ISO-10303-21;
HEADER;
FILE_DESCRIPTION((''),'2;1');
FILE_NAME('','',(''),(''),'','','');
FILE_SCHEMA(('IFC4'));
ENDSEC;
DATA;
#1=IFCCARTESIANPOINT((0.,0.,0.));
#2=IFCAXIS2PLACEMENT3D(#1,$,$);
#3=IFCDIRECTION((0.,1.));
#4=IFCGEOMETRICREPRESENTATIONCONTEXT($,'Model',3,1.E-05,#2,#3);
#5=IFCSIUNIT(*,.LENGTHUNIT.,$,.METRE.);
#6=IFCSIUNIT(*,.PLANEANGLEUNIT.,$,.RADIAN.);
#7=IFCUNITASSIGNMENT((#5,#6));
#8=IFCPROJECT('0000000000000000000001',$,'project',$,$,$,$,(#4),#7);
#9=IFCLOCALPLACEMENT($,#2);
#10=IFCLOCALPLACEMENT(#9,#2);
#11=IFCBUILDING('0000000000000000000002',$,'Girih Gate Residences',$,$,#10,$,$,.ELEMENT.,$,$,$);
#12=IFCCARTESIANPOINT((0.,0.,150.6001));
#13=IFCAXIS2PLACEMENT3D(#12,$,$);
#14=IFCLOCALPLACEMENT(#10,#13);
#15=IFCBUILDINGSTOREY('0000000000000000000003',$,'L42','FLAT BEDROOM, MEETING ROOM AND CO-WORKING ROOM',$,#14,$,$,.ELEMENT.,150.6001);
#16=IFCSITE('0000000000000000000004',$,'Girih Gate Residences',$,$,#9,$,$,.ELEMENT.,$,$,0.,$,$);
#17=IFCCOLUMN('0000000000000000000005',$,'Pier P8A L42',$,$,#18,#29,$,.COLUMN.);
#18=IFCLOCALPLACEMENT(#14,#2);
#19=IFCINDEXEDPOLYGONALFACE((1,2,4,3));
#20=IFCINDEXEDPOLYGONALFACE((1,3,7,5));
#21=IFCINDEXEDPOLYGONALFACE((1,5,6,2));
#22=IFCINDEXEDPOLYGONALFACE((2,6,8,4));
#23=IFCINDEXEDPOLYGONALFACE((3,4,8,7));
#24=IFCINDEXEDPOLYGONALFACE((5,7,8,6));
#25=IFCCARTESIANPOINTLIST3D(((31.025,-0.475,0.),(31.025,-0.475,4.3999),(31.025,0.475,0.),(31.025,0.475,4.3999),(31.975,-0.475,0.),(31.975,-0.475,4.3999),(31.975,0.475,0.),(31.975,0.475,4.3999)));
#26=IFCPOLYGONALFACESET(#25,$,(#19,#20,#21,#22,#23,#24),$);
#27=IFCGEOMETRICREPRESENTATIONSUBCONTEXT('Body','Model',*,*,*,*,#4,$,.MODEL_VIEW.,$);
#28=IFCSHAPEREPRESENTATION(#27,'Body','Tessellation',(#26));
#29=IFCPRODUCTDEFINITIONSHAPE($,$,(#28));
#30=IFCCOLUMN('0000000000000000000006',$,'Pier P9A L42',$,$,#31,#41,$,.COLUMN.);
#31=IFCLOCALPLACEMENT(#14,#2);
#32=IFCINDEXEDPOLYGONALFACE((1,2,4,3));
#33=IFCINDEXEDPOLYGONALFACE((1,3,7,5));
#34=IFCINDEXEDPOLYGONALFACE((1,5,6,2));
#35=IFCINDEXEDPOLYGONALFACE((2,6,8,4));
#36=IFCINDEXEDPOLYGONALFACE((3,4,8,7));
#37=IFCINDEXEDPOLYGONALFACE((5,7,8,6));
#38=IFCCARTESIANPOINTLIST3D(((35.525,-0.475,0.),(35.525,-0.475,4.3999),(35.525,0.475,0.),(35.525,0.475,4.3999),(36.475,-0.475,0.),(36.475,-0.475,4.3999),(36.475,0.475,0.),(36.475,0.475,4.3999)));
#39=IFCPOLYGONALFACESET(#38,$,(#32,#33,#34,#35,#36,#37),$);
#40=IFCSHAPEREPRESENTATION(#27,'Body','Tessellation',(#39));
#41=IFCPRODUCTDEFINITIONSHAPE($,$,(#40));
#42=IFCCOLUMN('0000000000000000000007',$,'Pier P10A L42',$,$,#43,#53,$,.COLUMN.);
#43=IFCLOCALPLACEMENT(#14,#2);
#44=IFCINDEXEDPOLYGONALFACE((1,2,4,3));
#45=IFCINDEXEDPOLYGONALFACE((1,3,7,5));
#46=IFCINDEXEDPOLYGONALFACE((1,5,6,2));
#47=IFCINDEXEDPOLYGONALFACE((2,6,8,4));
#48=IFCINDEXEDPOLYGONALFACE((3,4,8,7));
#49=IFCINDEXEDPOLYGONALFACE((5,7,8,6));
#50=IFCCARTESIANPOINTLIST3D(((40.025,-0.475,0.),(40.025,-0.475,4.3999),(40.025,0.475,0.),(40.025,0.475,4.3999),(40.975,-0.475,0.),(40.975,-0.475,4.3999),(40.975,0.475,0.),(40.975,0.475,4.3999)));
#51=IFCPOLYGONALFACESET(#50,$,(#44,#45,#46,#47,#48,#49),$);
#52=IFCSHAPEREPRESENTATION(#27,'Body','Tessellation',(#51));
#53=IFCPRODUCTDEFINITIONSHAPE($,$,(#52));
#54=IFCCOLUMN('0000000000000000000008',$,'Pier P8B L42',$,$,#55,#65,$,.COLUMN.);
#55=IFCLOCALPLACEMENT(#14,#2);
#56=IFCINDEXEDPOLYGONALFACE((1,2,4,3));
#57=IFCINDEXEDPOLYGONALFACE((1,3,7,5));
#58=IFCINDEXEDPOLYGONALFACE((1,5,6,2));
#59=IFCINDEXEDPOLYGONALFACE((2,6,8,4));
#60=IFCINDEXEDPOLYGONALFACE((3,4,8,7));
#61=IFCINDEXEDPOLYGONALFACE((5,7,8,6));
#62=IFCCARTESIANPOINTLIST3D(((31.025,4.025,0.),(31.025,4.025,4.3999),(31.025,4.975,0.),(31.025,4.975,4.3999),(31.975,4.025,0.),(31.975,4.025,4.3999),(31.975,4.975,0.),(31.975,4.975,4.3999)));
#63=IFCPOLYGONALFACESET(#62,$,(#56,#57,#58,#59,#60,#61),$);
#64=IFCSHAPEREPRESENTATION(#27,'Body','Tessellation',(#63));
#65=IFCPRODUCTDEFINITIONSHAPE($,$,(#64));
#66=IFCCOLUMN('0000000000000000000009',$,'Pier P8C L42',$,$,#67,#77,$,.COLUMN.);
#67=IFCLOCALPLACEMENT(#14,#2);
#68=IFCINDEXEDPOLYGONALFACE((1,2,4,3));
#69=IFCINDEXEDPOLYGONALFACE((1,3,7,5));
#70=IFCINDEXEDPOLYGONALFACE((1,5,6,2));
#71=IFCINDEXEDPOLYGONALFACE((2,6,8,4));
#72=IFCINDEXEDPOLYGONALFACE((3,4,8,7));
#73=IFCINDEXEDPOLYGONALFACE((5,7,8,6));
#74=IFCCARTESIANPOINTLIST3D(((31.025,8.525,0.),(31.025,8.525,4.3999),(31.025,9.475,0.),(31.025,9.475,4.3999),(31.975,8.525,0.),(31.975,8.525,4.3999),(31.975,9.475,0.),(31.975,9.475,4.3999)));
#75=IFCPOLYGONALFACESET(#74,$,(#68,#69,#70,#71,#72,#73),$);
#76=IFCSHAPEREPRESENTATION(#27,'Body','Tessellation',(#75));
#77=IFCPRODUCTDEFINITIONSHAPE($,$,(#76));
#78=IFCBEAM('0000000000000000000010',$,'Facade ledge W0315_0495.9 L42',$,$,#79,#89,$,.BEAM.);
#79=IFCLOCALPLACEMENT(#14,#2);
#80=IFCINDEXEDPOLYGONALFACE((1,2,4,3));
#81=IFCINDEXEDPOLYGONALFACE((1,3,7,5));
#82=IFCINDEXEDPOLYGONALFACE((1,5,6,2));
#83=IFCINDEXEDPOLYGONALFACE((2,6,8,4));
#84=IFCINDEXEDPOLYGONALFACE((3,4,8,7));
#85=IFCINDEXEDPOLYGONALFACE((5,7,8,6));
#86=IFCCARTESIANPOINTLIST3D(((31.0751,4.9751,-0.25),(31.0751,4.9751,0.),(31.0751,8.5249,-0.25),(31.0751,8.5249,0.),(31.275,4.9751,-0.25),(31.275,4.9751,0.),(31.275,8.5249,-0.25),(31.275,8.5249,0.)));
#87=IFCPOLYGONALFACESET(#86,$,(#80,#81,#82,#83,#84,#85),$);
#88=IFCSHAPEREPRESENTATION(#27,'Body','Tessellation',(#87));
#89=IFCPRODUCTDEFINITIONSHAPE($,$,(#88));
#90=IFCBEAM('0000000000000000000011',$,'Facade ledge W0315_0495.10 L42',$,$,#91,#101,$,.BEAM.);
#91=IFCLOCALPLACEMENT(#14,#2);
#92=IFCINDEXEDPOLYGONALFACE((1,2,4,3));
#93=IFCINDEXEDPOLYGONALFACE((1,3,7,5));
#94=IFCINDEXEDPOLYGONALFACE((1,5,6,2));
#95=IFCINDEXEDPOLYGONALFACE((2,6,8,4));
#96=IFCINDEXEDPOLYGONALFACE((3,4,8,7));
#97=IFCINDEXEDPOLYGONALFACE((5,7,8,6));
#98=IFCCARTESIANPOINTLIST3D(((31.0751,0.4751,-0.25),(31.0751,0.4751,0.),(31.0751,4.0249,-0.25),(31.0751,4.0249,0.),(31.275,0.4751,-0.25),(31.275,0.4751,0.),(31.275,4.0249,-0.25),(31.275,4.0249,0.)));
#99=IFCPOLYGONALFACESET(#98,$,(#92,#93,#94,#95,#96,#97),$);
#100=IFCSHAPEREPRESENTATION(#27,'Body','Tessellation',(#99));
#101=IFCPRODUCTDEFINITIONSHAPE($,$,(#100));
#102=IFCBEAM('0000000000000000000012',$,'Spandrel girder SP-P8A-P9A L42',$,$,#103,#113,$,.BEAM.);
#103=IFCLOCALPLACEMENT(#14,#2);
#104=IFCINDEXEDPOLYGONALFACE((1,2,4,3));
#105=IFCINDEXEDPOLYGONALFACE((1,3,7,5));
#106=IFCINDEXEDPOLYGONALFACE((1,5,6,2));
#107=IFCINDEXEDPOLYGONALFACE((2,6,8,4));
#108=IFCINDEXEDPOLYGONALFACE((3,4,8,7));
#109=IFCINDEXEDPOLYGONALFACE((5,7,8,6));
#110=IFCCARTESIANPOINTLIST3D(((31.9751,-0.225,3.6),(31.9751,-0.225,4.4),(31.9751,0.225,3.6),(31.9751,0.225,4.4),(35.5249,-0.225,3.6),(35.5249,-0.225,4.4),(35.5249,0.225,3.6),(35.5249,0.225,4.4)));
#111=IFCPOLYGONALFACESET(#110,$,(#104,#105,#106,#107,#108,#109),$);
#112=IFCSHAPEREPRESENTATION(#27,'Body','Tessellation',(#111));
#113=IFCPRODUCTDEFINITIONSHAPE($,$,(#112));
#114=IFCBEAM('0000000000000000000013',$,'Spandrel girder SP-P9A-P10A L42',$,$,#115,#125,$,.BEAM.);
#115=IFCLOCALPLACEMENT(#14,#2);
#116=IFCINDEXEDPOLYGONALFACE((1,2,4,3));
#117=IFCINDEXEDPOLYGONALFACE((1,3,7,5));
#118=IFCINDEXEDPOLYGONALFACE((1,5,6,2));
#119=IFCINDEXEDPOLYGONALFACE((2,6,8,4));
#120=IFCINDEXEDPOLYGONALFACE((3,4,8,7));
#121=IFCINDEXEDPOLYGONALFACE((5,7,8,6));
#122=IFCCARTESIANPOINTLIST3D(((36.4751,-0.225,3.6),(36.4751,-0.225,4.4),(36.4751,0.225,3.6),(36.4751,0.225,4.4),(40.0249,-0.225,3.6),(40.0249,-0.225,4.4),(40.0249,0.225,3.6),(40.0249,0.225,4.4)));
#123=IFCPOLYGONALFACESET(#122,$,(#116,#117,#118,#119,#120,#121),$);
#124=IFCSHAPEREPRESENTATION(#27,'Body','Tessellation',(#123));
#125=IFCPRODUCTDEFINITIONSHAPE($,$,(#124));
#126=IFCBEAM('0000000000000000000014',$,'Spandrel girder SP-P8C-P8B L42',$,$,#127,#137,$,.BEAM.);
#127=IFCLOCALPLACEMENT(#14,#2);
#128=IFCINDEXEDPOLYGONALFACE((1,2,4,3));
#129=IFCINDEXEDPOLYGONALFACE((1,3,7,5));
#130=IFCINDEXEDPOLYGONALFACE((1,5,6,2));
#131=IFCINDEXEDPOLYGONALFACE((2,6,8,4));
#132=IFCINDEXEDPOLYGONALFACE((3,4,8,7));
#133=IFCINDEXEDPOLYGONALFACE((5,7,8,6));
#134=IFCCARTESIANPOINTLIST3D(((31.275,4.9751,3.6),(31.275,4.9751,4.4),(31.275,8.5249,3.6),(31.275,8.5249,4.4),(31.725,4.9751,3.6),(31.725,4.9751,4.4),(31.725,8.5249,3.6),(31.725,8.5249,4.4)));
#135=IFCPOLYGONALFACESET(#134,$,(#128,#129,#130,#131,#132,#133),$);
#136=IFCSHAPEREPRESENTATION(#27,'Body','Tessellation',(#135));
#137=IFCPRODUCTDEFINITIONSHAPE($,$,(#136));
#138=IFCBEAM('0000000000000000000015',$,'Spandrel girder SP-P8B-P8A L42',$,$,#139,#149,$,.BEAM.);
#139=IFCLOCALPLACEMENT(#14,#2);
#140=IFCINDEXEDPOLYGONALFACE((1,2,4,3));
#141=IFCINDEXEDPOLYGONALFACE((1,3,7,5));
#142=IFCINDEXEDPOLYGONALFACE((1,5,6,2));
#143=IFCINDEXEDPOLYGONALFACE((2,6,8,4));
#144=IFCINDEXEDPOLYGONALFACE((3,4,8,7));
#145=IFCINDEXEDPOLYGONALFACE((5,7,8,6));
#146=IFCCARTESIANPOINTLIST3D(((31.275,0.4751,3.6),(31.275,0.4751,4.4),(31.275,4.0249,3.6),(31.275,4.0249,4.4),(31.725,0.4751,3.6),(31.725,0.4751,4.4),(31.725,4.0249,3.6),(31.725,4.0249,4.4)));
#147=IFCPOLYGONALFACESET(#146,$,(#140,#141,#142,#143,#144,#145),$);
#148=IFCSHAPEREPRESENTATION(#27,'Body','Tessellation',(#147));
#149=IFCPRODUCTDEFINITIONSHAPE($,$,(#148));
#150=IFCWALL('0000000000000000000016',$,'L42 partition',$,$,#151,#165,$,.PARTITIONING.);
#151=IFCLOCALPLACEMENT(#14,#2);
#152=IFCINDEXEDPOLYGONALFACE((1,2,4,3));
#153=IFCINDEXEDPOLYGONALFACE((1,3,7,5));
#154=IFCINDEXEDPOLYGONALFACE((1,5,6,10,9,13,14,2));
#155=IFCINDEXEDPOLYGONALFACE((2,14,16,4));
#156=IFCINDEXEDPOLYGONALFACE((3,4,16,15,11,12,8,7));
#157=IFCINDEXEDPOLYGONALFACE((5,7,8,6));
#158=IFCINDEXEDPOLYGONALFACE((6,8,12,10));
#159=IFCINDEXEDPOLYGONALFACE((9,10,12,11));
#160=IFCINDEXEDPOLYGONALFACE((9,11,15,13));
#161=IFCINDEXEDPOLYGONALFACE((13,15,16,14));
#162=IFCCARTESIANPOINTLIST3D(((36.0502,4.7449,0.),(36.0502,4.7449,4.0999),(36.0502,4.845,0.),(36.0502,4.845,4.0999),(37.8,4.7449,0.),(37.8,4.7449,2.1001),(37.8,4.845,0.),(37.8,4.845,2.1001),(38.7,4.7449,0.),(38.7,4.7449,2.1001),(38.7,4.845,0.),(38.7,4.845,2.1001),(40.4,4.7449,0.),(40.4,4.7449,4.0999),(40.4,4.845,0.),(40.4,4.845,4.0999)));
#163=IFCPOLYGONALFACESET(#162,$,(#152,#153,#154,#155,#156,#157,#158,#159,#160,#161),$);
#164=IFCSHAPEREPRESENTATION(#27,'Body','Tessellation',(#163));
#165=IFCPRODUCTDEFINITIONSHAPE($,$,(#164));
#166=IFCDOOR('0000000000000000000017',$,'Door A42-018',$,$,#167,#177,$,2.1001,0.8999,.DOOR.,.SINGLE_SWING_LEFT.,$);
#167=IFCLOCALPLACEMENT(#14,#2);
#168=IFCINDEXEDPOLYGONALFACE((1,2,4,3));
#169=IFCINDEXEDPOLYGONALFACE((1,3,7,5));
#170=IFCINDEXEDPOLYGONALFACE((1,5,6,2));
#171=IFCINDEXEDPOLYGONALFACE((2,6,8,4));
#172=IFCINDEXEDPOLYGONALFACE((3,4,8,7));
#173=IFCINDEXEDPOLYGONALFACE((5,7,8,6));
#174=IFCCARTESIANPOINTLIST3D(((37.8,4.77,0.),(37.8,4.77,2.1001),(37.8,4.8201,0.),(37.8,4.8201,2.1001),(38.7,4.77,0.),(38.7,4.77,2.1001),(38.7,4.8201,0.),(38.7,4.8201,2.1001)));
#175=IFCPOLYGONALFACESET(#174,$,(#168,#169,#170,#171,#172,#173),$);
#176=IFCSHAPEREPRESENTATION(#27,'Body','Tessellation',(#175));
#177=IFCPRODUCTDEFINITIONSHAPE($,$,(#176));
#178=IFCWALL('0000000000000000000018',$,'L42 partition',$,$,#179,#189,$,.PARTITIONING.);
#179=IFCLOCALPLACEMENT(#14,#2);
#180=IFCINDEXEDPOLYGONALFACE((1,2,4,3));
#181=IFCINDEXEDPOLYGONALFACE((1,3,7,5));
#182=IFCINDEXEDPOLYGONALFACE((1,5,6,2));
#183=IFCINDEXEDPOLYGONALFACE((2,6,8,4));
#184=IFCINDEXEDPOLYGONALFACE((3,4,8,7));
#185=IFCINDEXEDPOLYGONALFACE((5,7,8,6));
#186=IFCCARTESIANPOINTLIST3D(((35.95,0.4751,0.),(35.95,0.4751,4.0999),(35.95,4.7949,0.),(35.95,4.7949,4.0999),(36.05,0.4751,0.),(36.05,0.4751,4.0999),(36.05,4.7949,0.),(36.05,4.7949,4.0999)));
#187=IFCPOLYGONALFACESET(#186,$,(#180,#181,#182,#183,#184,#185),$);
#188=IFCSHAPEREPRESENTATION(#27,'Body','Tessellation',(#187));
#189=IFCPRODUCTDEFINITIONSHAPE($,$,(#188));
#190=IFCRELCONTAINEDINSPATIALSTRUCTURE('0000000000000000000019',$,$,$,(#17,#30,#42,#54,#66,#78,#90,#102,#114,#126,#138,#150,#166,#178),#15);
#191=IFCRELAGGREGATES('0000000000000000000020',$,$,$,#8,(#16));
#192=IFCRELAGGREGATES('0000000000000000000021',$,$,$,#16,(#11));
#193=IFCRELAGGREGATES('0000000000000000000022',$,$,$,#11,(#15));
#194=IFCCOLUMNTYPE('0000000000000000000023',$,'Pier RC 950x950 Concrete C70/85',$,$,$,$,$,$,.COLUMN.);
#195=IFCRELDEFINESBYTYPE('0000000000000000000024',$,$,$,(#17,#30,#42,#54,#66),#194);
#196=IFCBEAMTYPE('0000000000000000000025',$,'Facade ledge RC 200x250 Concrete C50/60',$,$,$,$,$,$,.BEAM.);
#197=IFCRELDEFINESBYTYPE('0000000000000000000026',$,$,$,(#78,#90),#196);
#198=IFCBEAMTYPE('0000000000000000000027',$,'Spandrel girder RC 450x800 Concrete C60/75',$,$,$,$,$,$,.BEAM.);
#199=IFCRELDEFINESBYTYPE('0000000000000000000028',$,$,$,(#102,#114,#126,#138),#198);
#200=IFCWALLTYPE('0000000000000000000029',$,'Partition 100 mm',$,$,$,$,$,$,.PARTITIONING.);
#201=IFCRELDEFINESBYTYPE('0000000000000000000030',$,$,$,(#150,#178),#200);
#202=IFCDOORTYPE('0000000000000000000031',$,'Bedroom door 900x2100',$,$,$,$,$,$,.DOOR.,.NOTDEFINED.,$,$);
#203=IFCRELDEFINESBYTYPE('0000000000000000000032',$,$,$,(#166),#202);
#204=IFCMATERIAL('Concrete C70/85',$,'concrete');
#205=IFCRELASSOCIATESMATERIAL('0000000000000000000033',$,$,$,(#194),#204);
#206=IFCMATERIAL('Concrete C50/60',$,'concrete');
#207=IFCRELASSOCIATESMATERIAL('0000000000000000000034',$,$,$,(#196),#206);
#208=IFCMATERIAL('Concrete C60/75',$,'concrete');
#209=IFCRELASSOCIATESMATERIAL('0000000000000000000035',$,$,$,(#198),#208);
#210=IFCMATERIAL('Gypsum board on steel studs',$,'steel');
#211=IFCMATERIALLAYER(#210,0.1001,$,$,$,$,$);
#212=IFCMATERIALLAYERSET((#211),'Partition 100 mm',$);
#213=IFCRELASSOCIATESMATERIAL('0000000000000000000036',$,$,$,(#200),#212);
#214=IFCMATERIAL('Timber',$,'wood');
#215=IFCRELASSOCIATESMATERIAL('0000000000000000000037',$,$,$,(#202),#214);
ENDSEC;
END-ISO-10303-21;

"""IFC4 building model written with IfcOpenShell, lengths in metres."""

from ifc_helpers import new_model, si_unit, direction, frame, frame_2d, origin, origin_2d, place, context, subcontext, project, spatial, rectangle, extrude, material, layer, layer_set, material_profile, profile_set, type_object, element, fill, save


model = new_model("IFC4")

# Units and contexts
model_context = context("Model", 3, precision=1e-05, world=origin(), true_north=direction((0.0, 1.0)))
body_context = subcontext(model_context, "Body", "Model", "MODEL_VIEW")
ifc_project = project(units=[si_unit("LENGTHUNIT", "METRE"), si_unit("PLANEANGLEUNIT", "RADIAN")], contexts=[model_context])

# Site, building, storey
site_placement = place(None, origin())
site = spatial("IfcSite", under=ifc_project, at=site_placement, Name="Girih Gate Residences", CompositionType="ELEMENT", RefElevation=0.0)
building_placement = place(site_placement, origin())
building = spatial("IfcBuilding", under=site, at=building_placement, Name="Girih Gate Residences", CompositionType="ELEMENT")
storey_placement = place(building_placement, frame((0.0, 0.0, 150.6001)))
storey = spatial("IfcBuildingStorey", under=building, at=storey_placement, Name="L42", Description="FLAT BEDROOM, MEETING ROOM AND CO-WORKING ROOM", CompositionType="ELEMENT", Elevation=150.6001)

# Columns
ifc_material_1 = material(Name="Concrete C70/85", Category="concrete")
ifc_material_profile_1 = material_profile(ifc_material_1, rectangle(XDim=0.95, YDim=0.95, at=origin_2d()))
ifc_profile_set_1 = profile_set([ifc_material_profile_1], Name="Concrete C70/85")
column_type = type_object("IfcColumnType", Name="Pier RC 950x950 Concrete C70/85", PredefinedType="COLUMN", material=ifc_profile_set_1)
for number, where, z_axis, x_axis, name in (
    (1, (31.5, 0.0, 0.0), (0.0, 0.0, 1.0), (1.0, 0.0, 0.0), "Pier P8A L42"),
    (2, (36.0, 0.0, 0.0), (0.0, 0.0, 1.0), (1.0, 0.0, 0.0), "Pier P9A L42"),
    (3, (40.5, 0.0, 0.0), (0.0, 0.0, 1.0), (1.0, 0.0, 0.0), "Pier P10A L42"),
    (4, (31.5, 4.5, 0.0), (0.0, 0.0, 1.0), (1.0, 0.0, 0.0), "Pier P8B L42"),
    (5, (31.5, 9.0, 0.0), (0.0, 0.0, 1.0), (1.0, 0.0, 0.0), "Pier P8C L42"),
):
    element("IfcColumn", number, at=place(storey_placement, frame(where, z_axis=z_axis, x_axis=x_axis)), inside=storey, type_object=column_type, Name=name, PredefinedType="COLUMN", context=body_context, shape_type="SweptSolid", body=[
        extrude(rectangle(XDim=0.95, YDim=0.95, at=origin_2d()), origin(), (0.0, 0.0, 1.0), 4.3999),
    ])

# Beams
ifc_material_2 = material(Name="Concrete C50/60", Category="concrete")
ifc_material_profile_2 = material_profile(ifc_material_2, rectangle(XDim=0.2, YDim=0.25, at=origin_2d()))
ifc_profile_set_2 = profile_set([ifc_material_profile_2], Name="Concrete C50/60")
beam_type_1 = type_object("IfcBeamType", Name="Facade ledge RC 200x250 Concrete C50/60", PredefinedType="BEAM", material=ifc_profile_set_2)
for number, where, z_axis, x_axis, name in (
    (6, (31.175, 8.5249, -0.125), (0.0, -1.0, 0.0), (1.0, 0.0, 0.0), "Facade ledge W0315_0495.9 L42"),
    (7, (31.175, 4.0249, -0.125), (0.0, -1.0, 0.0), (1.0, 0.0, 0.0), "Facade ledge W0315_0495.10 L42"),
):
    element("IfcBeam", number, at=place(storey_placement, frame(where, z_axis=z_axis, x_axis=x_axis)), inside=storey, type_object=beam_type_1, Name=name, PredefinedType="BEAM", context=body_context, shape_type="SweptSolid", body=[
        extrude(rectangle(XDim=0.2, YDim=0.25, at=origin_2d()), origin(), (0.0, 0.0, 1.0), 3.5498),
    ])
ifc_material_3 = material(Name="Concrete C60/75", Category="concrete")
ifc_material_profile_3 = material_profile(ifc_material_3, rectangle(XDim=0.45, YDim=0.8, at=origin_2d()))
ifc_profile_set_3 = profile_set([ifc_material_profile_3], Name="Concrete C60/75")
beam_type_2 = type_object("IfcBeamType", Name="Spandrel girder RC 450x800 Concrete C60/75", PredefinedType="BEAM", material=ifc_profile_set_3)
for number, where, z_axis, x_axis, name in (
    (8, (31.9751, 0.0, 4.0), (1.0, 0.0, 0.0), (0.0, 1.0, 0.0), "Spandrel girder SP-P8A-P9A L42"),
    (9, (36.4751, 0.0, 4.0), (1.0, 0.0, 0.0), (0.0, 1.0, 0.0), "Spandrel girder SP-P9A-P10A L42"),
    (10, (31.5, 8.5249, 4.0), (0.0, -1.0, 0.0), (1.0, 0.0, 0.0), "Spandrel girder SP-P8C-P8B L42"),
    (11, (31.5, 4.0249, 4.0), (0.0, -1.0, 0.0), (1.0, 0.0, 0.0), "Spandrel girder SP-P8B-P8A L42"),
):
    element("IfcBeam", number, at=place(storey_placement, frame(where, z_axis=z_axis, x_axis=x_axis)), inside=storey, type_object=beam_type_2, Name=name, PredefinedType="BEAM", context=body_context, shape_type="SweptSolid", body=[
        extrude(rectangle(XDim=0.45, YDim=0.8, at=origin_2d()), origin(), (0.0, 0.0, 1.0), 3.5498),
    ])

# Wall, opening, door
ifc_material_4 = material(Name="Gypsum board on steel studs", Category="steel")
ifc_layer_1 = layer(ifc_material_4, 0.1001)
ifc_layer_set_1 = layer_set([ifc_layer_1], Name="Partition 100 mm")
wall_type_1 = type_object("IfcWallType", Name="Partition 100 mm", PredefinedType="PARTITIONING", material=ifc_layer_set_1)
wall_1_placement = place(storey_placement, frame((40.3999, 4.7949, 0.0), z_axis=(0.0, 0.0, 1.0), x_axis=(-1.0, 0.0, 0.0)))
wall_1 = element("IfcWall", 12, at=wall_1_placement, inside=storey, type_object=wall_type_1, Name="L42 partition", PredefinedType="PARTITIONING", context=body_context, shape_type="SweptSolid", body=[
    extrude(rectangle(XDim=4.3499, YDim=0.1001, at=frame_2d((2.1748, 0.0))), origin(), (0.0, 0.0, 1.0), 4.0999),
])
opening_1_placement = place(wall_1_placement, frame((1.7, 0.0, 0.0)))
opening_1 = element("IfcOpeningElement", 13, at=opening_1_placement, cuts=wall_1, PredefinedType="OPENING", context=body_context, shape_type="SweptSolid", body=[
    extrude(rectangle(XDim=0.8999, YDim=2.1001, at=frame_2d((0.45, 1.05))), frame((0.0, 0.0601, 0.0), z_axis=(0.0, -1.0, 0.0), x_axis=(1.0, 0.0, 0.0)), (0.0, 0.0, 1.0), 0.1201),
])
ifc_material_5 = material(Name="Timber", Category="wood")
door_type_1 = type_object("IfcDoorType", Name="Bedroom door 900x2100", OperationType="NOTDEFINED", PredefinedType="DOOR", material=ifc_material_5)
door_1_placement = place(opening_1_placement, origin())
door_1 = element("IfcDoor", 14, at=door_1_placement, inside=storey, type_object=door_type_1, Name="Door A42-018", OperationType="SINGLE_SWING_LEFT", OverallHeight=2.1001, OverallWidth=0.8999, PredefinedType="DOOR", context=body_context, shape_type="SweptSolid", body=[
    extrude(rectangle(XDim=0.8999, YDim=2.1001, at=frame_2d((0.45, 1.05))), frame((0.0, 0.0249, 0.0), z_axis=(0.0, -1.0, 0.0), x_axis=(1.0, 0.0, 0.0)), (0.0, 0.0, 1.0), 0.05),
])
fill(opening_1, door_1)

# Wall
wall_2_placement = place(storey_placement, frame((36.0, 0.4751, 0.0), z_axis=(0.0, 0.0, 1.0), x_axis=(0.0, 1.0, 0.0)))
element("IfcWall", 15, at=wall_2_placement, inside=storey, type_object=wall_type_1, Name="L42 partition", PredefinedType="PARTITIONING", context=body_context, shape_type="SweptSolid", body=[
    extrude(rectangle(XDim=4.3198, YDim=0.1001, at=frame_2d((2.1599, 0.0))), origin(), (0.0, 0.0, 1.0), 4.0999),
])

save(model, "model.ifc")
